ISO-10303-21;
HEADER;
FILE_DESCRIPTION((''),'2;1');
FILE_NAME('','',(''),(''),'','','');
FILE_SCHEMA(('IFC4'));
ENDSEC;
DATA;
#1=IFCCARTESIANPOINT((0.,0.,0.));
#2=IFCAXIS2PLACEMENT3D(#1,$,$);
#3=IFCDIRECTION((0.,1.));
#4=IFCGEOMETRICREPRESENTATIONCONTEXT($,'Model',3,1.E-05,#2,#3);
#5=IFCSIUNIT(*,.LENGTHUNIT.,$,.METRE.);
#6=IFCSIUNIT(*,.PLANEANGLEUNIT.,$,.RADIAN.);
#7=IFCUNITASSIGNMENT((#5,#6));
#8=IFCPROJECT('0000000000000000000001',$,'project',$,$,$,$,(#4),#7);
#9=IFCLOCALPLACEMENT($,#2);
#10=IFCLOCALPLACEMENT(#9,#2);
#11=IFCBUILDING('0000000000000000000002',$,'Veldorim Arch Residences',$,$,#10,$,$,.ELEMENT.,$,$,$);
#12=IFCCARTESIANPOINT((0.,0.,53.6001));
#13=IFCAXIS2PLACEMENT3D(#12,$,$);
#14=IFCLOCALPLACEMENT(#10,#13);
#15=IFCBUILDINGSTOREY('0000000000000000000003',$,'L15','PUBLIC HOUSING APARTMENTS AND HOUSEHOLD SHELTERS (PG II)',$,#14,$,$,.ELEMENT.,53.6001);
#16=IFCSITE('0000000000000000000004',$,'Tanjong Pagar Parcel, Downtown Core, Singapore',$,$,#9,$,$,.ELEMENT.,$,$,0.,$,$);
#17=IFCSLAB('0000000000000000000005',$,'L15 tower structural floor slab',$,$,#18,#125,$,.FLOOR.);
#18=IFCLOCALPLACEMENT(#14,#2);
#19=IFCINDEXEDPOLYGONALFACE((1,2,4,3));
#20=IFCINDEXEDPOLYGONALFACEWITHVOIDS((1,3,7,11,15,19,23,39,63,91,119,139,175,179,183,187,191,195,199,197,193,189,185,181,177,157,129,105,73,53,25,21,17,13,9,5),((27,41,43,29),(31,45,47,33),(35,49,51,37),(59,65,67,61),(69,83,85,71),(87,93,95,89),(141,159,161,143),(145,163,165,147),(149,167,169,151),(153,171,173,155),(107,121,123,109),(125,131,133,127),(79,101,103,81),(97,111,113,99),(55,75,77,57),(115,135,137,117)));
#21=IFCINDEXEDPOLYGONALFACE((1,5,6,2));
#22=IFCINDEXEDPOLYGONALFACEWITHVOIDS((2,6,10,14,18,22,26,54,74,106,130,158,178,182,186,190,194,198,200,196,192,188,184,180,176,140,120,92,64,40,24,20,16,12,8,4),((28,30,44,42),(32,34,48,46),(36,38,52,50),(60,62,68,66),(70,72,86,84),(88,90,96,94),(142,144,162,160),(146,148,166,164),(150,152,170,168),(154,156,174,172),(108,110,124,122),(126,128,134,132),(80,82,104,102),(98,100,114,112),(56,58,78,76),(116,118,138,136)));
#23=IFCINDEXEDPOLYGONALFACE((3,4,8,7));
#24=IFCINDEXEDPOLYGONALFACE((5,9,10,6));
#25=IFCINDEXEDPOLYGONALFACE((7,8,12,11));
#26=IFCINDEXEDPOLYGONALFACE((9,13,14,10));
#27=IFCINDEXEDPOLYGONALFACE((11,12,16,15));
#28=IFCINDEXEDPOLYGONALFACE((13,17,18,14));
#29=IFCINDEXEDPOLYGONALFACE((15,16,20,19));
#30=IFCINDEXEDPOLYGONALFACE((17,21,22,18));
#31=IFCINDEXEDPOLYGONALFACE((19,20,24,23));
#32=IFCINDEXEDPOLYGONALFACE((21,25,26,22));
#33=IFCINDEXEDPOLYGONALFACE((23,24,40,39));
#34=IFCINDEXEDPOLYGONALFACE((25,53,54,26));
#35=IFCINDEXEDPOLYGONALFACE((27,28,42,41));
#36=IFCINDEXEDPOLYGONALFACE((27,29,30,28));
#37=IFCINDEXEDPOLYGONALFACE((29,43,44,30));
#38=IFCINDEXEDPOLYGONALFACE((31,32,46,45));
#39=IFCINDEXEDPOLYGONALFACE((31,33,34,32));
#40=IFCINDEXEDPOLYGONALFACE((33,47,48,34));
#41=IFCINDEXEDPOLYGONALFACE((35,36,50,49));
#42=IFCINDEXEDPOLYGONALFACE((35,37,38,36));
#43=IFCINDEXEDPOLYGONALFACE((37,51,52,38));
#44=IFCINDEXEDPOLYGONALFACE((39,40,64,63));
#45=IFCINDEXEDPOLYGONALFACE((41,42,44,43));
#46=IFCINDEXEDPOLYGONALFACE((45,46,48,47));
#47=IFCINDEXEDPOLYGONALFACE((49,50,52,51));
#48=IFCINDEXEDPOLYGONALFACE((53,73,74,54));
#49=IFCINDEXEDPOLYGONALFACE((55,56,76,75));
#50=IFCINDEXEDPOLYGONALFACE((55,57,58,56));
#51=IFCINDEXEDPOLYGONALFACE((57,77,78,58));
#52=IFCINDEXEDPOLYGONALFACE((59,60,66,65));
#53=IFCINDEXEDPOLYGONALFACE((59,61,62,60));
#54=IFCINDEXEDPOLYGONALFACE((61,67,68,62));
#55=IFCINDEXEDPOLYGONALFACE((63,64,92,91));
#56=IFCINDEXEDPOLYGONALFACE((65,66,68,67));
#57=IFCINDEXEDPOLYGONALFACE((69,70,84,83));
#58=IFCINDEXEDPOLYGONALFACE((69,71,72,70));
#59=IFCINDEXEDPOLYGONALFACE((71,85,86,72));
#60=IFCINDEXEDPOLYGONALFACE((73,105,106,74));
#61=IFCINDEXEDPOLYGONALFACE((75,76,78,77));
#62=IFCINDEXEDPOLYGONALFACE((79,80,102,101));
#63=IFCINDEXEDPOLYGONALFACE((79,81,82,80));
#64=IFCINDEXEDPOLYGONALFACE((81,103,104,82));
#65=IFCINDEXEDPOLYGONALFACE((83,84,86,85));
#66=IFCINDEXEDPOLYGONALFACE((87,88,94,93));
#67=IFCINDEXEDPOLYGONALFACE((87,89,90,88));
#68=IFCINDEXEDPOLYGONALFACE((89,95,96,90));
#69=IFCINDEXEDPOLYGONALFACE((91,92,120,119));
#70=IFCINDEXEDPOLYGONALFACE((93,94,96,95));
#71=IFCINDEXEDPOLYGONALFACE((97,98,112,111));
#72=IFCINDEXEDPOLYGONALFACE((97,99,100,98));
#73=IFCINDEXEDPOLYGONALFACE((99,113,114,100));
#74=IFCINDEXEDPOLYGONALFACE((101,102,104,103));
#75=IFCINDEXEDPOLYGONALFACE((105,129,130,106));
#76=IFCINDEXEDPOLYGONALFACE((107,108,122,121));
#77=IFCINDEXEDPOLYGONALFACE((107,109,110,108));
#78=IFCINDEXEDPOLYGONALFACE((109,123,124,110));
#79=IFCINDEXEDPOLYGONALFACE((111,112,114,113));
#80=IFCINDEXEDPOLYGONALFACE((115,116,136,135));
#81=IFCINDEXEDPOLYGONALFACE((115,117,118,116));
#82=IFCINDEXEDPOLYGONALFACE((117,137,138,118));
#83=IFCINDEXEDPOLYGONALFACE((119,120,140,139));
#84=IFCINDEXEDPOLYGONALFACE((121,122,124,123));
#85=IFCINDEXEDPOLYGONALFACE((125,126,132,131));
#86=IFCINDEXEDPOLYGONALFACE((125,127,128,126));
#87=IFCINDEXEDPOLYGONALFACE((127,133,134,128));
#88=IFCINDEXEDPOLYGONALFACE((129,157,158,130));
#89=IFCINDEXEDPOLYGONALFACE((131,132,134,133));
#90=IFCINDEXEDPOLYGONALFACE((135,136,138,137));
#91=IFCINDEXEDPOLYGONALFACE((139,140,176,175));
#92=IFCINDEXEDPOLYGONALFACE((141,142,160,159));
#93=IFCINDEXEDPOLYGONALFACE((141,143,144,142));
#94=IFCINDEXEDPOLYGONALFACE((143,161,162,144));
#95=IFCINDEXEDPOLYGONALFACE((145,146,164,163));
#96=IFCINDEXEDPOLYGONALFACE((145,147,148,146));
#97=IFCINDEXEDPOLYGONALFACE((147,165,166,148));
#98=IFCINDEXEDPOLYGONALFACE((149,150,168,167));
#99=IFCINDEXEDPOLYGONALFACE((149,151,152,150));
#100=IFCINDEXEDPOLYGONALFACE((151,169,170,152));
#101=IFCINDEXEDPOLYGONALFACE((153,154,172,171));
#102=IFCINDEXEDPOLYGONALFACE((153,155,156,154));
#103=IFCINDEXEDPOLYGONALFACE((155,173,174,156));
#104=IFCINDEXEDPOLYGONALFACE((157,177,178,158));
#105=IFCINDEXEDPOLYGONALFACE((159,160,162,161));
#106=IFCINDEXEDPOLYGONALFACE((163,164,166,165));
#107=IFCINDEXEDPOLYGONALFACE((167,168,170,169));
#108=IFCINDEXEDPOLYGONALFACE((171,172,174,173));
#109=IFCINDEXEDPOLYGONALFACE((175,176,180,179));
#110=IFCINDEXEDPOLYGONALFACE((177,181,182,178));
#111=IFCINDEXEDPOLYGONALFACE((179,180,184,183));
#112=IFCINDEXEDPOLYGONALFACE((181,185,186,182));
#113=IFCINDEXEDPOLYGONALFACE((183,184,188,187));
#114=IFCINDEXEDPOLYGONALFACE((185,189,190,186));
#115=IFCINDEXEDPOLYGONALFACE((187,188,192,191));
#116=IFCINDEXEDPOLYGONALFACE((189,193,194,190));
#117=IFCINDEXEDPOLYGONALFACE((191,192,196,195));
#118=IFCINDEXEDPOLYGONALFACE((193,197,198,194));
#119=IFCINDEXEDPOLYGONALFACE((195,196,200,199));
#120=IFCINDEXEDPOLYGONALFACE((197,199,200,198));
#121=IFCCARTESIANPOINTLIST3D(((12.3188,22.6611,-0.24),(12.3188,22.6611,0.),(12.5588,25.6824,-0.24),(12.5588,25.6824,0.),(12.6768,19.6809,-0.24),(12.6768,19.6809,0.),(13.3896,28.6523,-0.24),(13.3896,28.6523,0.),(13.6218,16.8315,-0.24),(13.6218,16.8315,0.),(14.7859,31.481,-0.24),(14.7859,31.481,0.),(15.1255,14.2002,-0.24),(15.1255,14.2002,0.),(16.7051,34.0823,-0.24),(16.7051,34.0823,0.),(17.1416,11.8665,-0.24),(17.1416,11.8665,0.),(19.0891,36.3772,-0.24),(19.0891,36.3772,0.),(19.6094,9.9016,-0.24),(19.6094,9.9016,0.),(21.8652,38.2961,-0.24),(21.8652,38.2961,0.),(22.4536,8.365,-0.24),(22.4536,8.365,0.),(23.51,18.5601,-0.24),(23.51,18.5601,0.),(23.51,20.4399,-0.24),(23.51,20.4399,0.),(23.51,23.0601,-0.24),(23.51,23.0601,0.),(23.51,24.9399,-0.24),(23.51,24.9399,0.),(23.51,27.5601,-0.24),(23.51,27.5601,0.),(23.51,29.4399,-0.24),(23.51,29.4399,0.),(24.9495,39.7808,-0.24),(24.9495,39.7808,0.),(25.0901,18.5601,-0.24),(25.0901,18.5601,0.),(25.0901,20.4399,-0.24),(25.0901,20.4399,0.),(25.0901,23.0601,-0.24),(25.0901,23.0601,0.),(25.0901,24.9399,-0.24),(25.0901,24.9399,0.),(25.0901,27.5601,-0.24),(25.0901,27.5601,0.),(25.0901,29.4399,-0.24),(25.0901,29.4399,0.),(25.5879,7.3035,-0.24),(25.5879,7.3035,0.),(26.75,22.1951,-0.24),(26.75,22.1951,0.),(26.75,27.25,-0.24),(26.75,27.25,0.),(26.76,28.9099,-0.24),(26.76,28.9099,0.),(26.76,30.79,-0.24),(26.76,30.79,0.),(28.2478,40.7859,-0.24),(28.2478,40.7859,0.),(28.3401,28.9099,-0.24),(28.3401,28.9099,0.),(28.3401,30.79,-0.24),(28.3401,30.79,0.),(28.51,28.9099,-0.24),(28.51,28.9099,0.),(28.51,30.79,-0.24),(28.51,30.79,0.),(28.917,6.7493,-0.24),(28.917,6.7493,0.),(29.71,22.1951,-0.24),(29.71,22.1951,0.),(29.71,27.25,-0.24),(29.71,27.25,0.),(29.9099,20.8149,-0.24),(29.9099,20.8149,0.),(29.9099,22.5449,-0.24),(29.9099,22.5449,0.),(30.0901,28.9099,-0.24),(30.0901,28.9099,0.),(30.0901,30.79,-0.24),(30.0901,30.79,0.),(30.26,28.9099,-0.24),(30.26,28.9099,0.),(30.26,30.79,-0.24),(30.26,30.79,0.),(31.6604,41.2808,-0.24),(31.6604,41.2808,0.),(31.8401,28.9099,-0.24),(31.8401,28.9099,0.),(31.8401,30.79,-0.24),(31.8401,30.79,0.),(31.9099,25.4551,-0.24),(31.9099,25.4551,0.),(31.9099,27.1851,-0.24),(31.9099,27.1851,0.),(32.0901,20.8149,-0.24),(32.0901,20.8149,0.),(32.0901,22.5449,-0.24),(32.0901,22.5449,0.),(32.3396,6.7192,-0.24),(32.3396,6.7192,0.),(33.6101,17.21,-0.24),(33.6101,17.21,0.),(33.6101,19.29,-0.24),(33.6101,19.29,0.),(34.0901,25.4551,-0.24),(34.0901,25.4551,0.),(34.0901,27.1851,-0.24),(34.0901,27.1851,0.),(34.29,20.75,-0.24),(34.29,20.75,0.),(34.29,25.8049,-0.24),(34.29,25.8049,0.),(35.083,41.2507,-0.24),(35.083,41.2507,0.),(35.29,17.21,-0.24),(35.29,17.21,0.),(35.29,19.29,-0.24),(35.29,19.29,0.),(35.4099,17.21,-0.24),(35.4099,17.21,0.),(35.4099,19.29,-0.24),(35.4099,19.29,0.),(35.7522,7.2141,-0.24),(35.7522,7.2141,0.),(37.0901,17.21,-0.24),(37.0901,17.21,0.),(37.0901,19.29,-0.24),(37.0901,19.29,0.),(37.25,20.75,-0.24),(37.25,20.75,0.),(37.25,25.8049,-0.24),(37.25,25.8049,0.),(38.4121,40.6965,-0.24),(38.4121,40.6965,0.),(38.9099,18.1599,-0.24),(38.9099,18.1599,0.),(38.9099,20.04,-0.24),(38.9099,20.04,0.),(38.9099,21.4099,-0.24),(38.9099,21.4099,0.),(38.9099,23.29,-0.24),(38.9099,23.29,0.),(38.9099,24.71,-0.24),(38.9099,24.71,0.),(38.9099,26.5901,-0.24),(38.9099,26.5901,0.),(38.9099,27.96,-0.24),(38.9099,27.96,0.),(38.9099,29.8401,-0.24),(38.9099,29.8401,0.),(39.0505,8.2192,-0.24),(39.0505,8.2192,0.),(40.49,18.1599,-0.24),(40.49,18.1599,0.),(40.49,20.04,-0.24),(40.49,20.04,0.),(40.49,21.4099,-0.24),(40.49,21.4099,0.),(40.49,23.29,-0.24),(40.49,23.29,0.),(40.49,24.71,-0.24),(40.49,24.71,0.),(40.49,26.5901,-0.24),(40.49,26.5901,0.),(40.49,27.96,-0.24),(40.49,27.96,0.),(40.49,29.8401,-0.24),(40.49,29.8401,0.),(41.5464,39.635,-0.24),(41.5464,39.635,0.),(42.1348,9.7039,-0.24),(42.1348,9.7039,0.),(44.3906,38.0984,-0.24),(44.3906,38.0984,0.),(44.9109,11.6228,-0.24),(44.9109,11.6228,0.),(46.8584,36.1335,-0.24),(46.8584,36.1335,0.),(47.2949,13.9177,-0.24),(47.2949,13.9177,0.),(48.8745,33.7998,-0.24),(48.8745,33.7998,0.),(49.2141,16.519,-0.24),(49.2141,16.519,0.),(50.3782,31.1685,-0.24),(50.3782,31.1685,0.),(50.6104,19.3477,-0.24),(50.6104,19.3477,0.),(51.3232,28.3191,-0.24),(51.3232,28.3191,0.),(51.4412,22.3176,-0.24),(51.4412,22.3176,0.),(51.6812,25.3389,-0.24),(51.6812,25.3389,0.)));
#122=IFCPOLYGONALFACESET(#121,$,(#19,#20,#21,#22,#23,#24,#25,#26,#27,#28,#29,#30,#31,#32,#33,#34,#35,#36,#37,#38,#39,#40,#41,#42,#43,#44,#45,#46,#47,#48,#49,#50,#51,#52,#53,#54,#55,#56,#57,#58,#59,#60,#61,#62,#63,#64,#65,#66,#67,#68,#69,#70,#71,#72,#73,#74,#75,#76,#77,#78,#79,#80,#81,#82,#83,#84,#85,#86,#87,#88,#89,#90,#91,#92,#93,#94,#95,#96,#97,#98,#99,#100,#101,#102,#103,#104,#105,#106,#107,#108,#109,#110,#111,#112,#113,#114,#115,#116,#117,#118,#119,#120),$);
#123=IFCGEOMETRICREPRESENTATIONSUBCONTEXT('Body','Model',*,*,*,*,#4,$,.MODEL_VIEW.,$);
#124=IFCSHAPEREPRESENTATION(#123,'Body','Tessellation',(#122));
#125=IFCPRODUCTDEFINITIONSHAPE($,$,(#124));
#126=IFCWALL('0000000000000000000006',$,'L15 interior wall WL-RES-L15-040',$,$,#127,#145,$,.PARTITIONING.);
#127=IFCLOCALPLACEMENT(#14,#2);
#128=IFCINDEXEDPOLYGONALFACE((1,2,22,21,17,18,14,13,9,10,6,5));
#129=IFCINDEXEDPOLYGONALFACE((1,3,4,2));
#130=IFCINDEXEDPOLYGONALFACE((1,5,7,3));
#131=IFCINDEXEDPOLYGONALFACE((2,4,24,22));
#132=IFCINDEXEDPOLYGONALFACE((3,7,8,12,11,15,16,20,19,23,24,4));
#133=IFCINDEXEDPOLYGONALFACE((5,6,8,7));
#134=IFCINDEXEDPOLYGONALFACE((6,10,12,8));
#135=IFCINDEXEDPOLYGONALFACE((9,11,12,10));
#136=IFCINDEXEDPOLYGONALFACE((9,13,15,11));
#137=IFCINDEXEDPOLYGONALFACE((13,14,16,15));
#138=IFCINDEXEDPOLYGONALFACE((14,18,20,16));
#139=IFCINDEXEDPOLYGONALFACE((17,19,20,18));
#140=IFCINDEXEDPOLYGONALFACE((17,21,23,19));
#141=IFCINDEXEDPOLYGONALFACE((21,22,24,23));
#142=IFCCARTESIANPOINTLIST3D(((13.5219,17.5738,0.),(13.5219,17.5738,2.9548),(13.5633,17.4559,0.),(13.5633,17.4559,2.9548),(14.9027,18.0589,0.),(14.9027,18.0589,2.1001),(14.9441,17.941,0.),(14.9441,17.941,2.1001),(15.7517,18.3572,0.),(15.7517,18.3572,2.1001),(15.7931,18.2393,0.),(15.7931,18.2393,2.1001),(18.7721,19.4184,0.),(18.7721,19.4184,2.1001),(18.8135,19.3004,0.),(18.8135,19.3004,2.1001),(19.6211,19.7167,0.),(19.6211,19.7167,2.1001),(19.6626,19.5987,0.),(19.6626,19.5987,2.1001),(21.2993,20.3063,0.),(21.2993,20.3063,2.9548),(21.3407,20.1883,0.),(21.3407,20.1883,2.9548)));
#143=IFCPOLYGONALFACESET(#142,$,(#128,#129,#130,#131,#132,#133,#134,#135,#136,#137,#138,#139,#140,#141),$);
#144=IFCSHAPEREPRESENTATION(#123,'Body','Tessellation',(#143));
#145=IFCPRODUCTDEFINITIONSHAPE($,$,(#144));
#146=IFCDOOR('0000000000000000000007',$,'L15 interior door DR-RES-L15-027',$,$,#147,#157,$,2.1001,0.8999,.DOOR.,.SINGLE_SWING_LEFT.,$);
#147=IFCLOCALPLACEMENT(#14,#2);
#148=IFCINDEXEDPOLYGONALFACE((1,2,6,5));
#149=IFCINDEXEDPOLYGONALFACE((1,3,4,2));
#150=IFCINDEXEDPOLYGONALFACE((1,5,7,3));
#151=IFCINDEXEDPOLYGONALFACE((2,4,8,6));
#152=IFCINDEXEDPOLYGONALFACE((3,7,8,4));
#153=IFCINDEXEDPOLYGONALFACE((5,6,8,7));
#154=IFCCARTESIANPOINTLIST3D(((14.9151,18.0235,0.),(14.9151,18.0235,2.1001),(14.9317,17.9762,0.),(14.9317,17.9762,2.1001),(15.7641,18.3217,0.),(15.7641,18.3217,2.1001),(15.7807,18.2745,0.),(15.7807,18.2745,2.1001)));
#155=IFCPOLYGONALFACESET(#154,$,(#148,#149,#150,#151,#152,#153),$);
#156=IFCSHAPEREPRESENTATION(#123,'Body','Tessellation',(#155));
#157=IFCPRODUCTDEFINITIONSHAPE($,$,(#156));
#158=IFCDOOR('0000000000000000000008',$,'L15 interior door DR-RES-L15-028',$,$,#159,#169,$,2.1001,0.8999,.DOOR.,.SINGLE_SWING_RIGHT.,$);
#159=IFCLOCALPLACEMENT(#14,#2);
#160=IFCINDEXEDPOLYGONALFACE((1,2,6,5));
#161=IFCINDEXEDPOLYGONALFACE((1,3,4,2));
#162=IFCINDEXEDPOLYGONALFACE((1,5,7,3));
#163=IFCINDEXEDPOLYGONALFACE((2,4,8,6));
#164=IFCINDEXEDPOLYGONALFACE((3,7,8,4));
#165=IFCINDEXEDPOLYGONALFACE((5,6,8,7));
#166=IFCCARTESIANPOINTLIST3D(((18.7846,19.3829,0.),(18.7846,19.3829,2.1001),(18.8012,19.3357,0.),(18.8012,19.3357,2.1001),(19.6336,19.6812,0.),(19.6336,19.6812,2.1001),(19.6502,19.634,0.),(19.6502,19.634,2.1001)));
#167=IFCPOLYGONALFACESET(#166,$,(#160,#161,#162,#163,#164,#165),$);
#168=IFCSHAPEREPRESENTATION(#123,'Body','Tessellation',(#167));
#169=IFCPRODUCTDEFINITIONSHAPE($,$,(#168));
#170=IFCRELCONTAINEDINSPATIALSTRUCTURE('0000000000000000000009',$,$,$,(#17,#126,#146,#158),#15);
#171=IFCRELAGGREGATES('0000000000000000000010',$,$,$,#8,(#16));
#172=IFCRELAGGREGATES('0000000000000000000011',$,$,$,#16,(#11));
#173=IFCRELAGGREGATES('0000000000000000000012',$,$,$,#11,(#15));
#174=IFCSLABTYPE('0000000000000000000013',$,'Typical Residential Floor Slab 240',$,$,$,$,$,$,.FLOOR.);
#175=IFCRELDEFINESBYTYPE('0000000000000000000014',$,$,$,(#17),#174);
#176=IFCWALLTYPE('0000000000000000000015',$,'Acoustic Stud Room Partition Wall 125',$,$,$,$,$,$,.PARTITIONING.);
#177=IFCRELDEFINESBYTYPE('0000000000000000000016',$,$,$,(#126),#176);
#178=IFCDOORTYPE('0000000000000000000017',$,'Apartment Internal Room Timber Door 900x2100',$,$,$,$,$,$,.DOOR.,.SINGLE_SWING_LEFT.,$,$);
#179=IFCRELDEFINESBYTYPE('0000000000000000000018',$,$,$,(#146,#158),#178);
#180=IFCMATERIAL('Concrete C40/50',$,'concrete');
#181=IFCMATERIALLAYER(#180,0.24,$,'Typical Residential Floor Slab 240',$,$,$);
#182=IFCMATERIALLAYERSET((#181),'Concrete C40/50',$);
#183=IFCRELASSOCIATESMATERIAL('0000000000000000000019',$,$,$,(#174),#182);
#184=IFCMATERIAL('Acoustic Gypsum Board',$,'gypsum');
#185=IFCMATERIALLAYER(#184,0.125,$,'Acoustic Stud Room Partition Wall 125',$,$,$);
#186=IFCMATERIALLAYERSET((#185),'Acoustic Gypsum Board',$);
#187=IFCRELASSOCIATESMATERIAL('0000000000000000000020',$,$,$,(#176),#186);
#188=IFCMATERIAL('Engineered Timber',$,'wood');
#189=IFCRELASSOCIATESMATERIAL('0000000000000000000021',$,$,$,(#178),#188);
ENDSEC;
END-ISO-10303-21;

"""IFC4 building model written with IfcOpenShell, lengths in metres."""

from ifc_helpers import new_model, si_unit, direction, frame, frame_2d, origin, place, context, subcontext, project, spatial, polyline, rectangle, outline, extrude, material, layer, layer_set, type_object, element, fill, save


model = new_model("IFC4")

# Units and contexts
model_context = context("Model", 3, precision=1e-05, world=origin(), true_north=direction((0.0, 1.0)))
body_context = subcontext(model_context, "Body", "Model", "MODEL_VIEW")
ifc_project = project(units=[si_unit("LENGTHUNIT", "METRE"), si_unit("PLANEANGLEUNIT", "RADIAN")], contexts=[model_context])

# Site, building, storey
site_placement = place(None, origin())
site = spatial("IfcSite", under=ifc_project, at=site_placement, Name="Tanjong Pagar Parcel, Downtown Core, Singapore", CompositionType="ELEMENT", RefElevation=0.0)
building_placement = place(site_placement, origin())
building = spatial("IfcBuilding", under=site, at=building_placement, Name="Veldorim Arch Residences", CompositionType="ELEMENT")
storey_placement = place(building_placement, frame((0.0, 0.0, 53.6001)))
storey = spatial("IfcBuildingStorey", under=building, at=storey_placement, Name="L15", Description="PUBLIC HOUSING APARTMENTS AND HOUSEHOLD SHELTERS (PG II)", CompositionType="ELEMENT", Elevation=53.6001)

# Slab
ifc_material_1 = material(Name="Concrete C40/50", Category="concrete")
ifc_layer_1 = layer(ifc_material_1, 0.24, Name="Typical Residential Floor Slab 240")
ifc_layer_set_1 = layer_set([ifc_layer_1], Name="Concrete C40/50")
slab_type_1 = type_object("IfcSlabType", Name="Typical Residential Floor Slab 240", PredefinedType="FLOOR", material=ifc_layer_set_1)
slab_1_placement = place(storey_placement, frame((0.0, 0.0, -0.24)))
element("IfcSlab", 1, at=slab_1_placement, inside=storey, type_object=slab_type_1, Name="L15 tower structural floor slab", PredefinedType="FLOOR", context=body_context, shape_type="SweptSolid", body=[
    extrude(outline(polyline([(51.3232, 28.3191), (50.3782, 31.1685), (48.8745, 33.7998), (46.8584, 36.1335), (44.3906, 38.0984), (41.5464, 39.635), (38.4121, 40.6965), (35.083, 41.2507), (31.6604, 41.2808), (28.2478, 40.7859), (24.9495, 39.7808), (21.8652, 38.2961), (19.0891, 36.3772), (16.7051, 34.0823), (14.7859, 31.481), (13.3896, 28.6523), (12.5588, 25.6824), (12.3188, 22.6611), (12.6768, 19.6809), (13.6218, 16.8315), (15.1255, 14.2002), (17.1416, 11.8665), (19.6094, 9.9016), (22.4536, 8.365), (25.5879, 7.3035), (28.917, 6.7493), (32.3396, 6.7192), (35.7522, 7.2141), (39.0505, 8.2192), (42.1348, 9.7039), (44.9109, 11.6228), (47.2949, 13.9177), (49.2141, 16.519), (50.6104, 19.3477), (51.4412, 22.3176), (51.6812, 25.3389), (51.3232, 28.3191)]), holes=[polyline([(23.51, 20.4399), (25.0901, 20.4399), (25.0901, 18.5601), (23.51, 18.5601), (23.51, 20.4399)]), polyline([(29.9099, 22.5449), (32.0901, 22.5449), (32.0901, 20.8149), (29.9099, 20.8149), (29.9099, 22.5449)]), polyline([(23.51, 24.9399), (25.0901, 24.9399), (25.0901, 23.0601), (23.51, 23.0601), (23.51, 24.9399)]), polyline([(26.75, 27.25), (29.71, 27.25), (29.71, 22.1951), (26.75, 22.1951), (26.75, 27.25)]), polyline([(23.51, 29.4399), (25.0901, 29.4399), (25.0901, 27.5601), (23.51, 27.5601), (23.51, 29.4399)]), polyline([(26.76, 30.79), (28.3401, 30.79), (28.3401, 28.9099), (26.76, 28.9099), (26.76, 30.79)]), polyline([(28.51, 30.79), (30.0901, 30.79), (30.0901, 28.9099), (28.51, 28.9099), (28.51, 30.79)]), polyline([(30.26, 30.79), (31.8401, 30.79), (31.8401, 28.9099), (30.26, 28.9099), (30.26, 30.79)]), polyline([(33.6101, 19.29), (35.29, 19.29), (35.29, 17.21), (33.6101, 17.21), (33.6101, 19.29)]), polyline([(35.4099, 19.29), (37.0901, 19.29), (37.0901, 17.21), (35.4099, 17.21), (35.4099, 19.29)]), polyline([(38.9099, 20.04), (40.49, 20.04), (40.49, 18.1599), (38.9099, 18.1599), (38.9099, 20.04)]), polyline([(38.9099, 23.29), (40.49, 23.29), (40.49, 21.4099), (38.9099, 21.4099), (38.9099, 23.29)]), polyline([(34.29, 25.8049), (37.25, 25.8049), (37.25, 20.75), (34.29, 20.75), (34.29, 25.8049)]), polyline([(38.9099, 26.5901), (40.49, 26.5901), (40.49, 24.71), (38.9099, 24.71), (38.9099, 26.5901)]), polyline([(31.9099, 27.1851), (34.0901, 27.1851), (34.0901, 25.4551), (31.9099, 25.4551), (31.9099, 27.1851)]), polyline([(38.9099, 29.8401), (40.49, 29.8401), (40.49, 27.96), (38.9099, 27.96), (38.9099, 29.8401)])]), origin(), (0.0, 0.0, 1.0), 0.24),
])

# Wall, openings, doors
ifc_material_2 = material(Name="Acoustic Gypsum Board", Category="gypsum")
ifc_layer_2 = layer(ifc_material_2, 0.125, Name="Acoustic Stud Room Partition Wall 125")
ifc_layer_set_2 = layer_set([ifc_layer_2], Name="Acoustic Gypsum Board")
wall_type_1 = type_object("IfcWallType", Name="Acoustic Stud Room Partition Wall 125", PredefinedType="PARTITIONING", material=ifc_layer_set_2)
wall_1_placement = place(storey_placement, frame((13.5427, 17.5149, 0.0), z_axis=(0.0, 0.0, 1.0), x_axis=(0.943466, 0.331469, 0.0)))
wall_1 = element("IfcWall", 2, at=wall_1_placement, inside=storey, type_object=wall_type_1, Name="L15 interior wall WL-RES-L15-040", PredefinedType="PARTITIONING", context=body_context, shape_type="SweptSolid", body=[
    extrude(rectangle(XDim=8.2434, YDim=0.125, at=frame_2d((4.1216, 0.0))), origin(), (0.0, 0.0, 1.0), 2.9548),
])
opening_1_placement = place(wall_1_placement, frame((1.4634, 0.0, 0.0)))
opening_1 = element("IfcOpeningElement", 3, at=opening_1_placement, cuts=wall_1, PredefinedType="OPENING", context=body_context, shape_type="SweptSolid", body=[
    extrude(rectangle(XDim=0.8999, YDim=2.1001, at=frame_2d((0.45, 1.05))), frame((0.0, 0.0725, 0.0), z_axis=(0.0, -1.0, 0.0), x_axis=(1.0, 0.0, 0.0)), (0.0, 0.0, 1.0), 0.145),
])
opening_2_placement = place(wall_1_placement, frame((5.5647, 0.0, 0.0)))
opening_2 = element("IfcOpeningElement", 4, at=opening_2_placement, cuts=wall_1, PredefinedType="OPENING", context=body_context, shape_type="SweptSolid", body=[
    extrude(rectangle(XDim=0.8999, YDim=2.1001, at=frame_2d((0.45, 1.05))), frame((0.0, 0.0725, 0.0), z_axis=(0.0, -1.0, 0.0), x_axis=(1.0, 0.0, 0.0)), (0.0, 0.0, 1.0), 0.145),
])
ifc_material_3 = material(Name="Engineered Timber", Category="wood")
door_type = type_object("IfcDoorType", Name="Apartment Internal Room Timber Door 900x2100", OperationType="SINGLE_SWING_LEFT", PredefinedType="DOOR", material=ifc_material_3)
door_1_placement = place(opening_1_placement, origin())
door_1 = element("IfcDoor", 5, at=door_1_placement, inside=storey, type_object=door_type, Name="L15 interior door DR-RES-L15-027", OperationType="SINGLE_SWING_LEFT", OverallHeight=2.1001, OverallWidth=0.8999, PredefinedType="DOOR", context=body_context, shape_type="SweptSolid", body=[
    extrude(rectangle(XDim=0.8999, YDim=2.1001, at=frame_2d((0.45, 1.05))), frame((0.0, 0.0249, 0.0), z_axis=(0.0, -1.0, 0.0), x_axis=(1.0, 0.0, 0.0)), (0.0, 0.0, 1.0), 0.05),
])
fill(opening_1, door_1)
door_2_placement = place(opening_2_placement, origin())
door_2 = element("IfcDoor", 6, at=door_2_placement, inside=storey, type_object=door_type, Name="L15 interior door DR-RES-L15-028", OperationType="SINGLE_SWING_RIGHT", OverallHeight=2.1001, OverallWidth=0.8999, PredefinedType="DOOR", context=body_context, shape_type="SweptSolid", body=[
    extrude(rectangle(XDim=0.8999, YDim=2.1001, at=frame_2d((0.45, 1.05))), frame((0.0, 0.0249, 0.0), z_axis=(0.0, -1.0, 0.0), x_axis=(1.0, 0.0, 0.0)), (0.0, 0.0, 1.0), 0.05),
])
fill(opening_2, door_2)

save(model, "model.ifc")
